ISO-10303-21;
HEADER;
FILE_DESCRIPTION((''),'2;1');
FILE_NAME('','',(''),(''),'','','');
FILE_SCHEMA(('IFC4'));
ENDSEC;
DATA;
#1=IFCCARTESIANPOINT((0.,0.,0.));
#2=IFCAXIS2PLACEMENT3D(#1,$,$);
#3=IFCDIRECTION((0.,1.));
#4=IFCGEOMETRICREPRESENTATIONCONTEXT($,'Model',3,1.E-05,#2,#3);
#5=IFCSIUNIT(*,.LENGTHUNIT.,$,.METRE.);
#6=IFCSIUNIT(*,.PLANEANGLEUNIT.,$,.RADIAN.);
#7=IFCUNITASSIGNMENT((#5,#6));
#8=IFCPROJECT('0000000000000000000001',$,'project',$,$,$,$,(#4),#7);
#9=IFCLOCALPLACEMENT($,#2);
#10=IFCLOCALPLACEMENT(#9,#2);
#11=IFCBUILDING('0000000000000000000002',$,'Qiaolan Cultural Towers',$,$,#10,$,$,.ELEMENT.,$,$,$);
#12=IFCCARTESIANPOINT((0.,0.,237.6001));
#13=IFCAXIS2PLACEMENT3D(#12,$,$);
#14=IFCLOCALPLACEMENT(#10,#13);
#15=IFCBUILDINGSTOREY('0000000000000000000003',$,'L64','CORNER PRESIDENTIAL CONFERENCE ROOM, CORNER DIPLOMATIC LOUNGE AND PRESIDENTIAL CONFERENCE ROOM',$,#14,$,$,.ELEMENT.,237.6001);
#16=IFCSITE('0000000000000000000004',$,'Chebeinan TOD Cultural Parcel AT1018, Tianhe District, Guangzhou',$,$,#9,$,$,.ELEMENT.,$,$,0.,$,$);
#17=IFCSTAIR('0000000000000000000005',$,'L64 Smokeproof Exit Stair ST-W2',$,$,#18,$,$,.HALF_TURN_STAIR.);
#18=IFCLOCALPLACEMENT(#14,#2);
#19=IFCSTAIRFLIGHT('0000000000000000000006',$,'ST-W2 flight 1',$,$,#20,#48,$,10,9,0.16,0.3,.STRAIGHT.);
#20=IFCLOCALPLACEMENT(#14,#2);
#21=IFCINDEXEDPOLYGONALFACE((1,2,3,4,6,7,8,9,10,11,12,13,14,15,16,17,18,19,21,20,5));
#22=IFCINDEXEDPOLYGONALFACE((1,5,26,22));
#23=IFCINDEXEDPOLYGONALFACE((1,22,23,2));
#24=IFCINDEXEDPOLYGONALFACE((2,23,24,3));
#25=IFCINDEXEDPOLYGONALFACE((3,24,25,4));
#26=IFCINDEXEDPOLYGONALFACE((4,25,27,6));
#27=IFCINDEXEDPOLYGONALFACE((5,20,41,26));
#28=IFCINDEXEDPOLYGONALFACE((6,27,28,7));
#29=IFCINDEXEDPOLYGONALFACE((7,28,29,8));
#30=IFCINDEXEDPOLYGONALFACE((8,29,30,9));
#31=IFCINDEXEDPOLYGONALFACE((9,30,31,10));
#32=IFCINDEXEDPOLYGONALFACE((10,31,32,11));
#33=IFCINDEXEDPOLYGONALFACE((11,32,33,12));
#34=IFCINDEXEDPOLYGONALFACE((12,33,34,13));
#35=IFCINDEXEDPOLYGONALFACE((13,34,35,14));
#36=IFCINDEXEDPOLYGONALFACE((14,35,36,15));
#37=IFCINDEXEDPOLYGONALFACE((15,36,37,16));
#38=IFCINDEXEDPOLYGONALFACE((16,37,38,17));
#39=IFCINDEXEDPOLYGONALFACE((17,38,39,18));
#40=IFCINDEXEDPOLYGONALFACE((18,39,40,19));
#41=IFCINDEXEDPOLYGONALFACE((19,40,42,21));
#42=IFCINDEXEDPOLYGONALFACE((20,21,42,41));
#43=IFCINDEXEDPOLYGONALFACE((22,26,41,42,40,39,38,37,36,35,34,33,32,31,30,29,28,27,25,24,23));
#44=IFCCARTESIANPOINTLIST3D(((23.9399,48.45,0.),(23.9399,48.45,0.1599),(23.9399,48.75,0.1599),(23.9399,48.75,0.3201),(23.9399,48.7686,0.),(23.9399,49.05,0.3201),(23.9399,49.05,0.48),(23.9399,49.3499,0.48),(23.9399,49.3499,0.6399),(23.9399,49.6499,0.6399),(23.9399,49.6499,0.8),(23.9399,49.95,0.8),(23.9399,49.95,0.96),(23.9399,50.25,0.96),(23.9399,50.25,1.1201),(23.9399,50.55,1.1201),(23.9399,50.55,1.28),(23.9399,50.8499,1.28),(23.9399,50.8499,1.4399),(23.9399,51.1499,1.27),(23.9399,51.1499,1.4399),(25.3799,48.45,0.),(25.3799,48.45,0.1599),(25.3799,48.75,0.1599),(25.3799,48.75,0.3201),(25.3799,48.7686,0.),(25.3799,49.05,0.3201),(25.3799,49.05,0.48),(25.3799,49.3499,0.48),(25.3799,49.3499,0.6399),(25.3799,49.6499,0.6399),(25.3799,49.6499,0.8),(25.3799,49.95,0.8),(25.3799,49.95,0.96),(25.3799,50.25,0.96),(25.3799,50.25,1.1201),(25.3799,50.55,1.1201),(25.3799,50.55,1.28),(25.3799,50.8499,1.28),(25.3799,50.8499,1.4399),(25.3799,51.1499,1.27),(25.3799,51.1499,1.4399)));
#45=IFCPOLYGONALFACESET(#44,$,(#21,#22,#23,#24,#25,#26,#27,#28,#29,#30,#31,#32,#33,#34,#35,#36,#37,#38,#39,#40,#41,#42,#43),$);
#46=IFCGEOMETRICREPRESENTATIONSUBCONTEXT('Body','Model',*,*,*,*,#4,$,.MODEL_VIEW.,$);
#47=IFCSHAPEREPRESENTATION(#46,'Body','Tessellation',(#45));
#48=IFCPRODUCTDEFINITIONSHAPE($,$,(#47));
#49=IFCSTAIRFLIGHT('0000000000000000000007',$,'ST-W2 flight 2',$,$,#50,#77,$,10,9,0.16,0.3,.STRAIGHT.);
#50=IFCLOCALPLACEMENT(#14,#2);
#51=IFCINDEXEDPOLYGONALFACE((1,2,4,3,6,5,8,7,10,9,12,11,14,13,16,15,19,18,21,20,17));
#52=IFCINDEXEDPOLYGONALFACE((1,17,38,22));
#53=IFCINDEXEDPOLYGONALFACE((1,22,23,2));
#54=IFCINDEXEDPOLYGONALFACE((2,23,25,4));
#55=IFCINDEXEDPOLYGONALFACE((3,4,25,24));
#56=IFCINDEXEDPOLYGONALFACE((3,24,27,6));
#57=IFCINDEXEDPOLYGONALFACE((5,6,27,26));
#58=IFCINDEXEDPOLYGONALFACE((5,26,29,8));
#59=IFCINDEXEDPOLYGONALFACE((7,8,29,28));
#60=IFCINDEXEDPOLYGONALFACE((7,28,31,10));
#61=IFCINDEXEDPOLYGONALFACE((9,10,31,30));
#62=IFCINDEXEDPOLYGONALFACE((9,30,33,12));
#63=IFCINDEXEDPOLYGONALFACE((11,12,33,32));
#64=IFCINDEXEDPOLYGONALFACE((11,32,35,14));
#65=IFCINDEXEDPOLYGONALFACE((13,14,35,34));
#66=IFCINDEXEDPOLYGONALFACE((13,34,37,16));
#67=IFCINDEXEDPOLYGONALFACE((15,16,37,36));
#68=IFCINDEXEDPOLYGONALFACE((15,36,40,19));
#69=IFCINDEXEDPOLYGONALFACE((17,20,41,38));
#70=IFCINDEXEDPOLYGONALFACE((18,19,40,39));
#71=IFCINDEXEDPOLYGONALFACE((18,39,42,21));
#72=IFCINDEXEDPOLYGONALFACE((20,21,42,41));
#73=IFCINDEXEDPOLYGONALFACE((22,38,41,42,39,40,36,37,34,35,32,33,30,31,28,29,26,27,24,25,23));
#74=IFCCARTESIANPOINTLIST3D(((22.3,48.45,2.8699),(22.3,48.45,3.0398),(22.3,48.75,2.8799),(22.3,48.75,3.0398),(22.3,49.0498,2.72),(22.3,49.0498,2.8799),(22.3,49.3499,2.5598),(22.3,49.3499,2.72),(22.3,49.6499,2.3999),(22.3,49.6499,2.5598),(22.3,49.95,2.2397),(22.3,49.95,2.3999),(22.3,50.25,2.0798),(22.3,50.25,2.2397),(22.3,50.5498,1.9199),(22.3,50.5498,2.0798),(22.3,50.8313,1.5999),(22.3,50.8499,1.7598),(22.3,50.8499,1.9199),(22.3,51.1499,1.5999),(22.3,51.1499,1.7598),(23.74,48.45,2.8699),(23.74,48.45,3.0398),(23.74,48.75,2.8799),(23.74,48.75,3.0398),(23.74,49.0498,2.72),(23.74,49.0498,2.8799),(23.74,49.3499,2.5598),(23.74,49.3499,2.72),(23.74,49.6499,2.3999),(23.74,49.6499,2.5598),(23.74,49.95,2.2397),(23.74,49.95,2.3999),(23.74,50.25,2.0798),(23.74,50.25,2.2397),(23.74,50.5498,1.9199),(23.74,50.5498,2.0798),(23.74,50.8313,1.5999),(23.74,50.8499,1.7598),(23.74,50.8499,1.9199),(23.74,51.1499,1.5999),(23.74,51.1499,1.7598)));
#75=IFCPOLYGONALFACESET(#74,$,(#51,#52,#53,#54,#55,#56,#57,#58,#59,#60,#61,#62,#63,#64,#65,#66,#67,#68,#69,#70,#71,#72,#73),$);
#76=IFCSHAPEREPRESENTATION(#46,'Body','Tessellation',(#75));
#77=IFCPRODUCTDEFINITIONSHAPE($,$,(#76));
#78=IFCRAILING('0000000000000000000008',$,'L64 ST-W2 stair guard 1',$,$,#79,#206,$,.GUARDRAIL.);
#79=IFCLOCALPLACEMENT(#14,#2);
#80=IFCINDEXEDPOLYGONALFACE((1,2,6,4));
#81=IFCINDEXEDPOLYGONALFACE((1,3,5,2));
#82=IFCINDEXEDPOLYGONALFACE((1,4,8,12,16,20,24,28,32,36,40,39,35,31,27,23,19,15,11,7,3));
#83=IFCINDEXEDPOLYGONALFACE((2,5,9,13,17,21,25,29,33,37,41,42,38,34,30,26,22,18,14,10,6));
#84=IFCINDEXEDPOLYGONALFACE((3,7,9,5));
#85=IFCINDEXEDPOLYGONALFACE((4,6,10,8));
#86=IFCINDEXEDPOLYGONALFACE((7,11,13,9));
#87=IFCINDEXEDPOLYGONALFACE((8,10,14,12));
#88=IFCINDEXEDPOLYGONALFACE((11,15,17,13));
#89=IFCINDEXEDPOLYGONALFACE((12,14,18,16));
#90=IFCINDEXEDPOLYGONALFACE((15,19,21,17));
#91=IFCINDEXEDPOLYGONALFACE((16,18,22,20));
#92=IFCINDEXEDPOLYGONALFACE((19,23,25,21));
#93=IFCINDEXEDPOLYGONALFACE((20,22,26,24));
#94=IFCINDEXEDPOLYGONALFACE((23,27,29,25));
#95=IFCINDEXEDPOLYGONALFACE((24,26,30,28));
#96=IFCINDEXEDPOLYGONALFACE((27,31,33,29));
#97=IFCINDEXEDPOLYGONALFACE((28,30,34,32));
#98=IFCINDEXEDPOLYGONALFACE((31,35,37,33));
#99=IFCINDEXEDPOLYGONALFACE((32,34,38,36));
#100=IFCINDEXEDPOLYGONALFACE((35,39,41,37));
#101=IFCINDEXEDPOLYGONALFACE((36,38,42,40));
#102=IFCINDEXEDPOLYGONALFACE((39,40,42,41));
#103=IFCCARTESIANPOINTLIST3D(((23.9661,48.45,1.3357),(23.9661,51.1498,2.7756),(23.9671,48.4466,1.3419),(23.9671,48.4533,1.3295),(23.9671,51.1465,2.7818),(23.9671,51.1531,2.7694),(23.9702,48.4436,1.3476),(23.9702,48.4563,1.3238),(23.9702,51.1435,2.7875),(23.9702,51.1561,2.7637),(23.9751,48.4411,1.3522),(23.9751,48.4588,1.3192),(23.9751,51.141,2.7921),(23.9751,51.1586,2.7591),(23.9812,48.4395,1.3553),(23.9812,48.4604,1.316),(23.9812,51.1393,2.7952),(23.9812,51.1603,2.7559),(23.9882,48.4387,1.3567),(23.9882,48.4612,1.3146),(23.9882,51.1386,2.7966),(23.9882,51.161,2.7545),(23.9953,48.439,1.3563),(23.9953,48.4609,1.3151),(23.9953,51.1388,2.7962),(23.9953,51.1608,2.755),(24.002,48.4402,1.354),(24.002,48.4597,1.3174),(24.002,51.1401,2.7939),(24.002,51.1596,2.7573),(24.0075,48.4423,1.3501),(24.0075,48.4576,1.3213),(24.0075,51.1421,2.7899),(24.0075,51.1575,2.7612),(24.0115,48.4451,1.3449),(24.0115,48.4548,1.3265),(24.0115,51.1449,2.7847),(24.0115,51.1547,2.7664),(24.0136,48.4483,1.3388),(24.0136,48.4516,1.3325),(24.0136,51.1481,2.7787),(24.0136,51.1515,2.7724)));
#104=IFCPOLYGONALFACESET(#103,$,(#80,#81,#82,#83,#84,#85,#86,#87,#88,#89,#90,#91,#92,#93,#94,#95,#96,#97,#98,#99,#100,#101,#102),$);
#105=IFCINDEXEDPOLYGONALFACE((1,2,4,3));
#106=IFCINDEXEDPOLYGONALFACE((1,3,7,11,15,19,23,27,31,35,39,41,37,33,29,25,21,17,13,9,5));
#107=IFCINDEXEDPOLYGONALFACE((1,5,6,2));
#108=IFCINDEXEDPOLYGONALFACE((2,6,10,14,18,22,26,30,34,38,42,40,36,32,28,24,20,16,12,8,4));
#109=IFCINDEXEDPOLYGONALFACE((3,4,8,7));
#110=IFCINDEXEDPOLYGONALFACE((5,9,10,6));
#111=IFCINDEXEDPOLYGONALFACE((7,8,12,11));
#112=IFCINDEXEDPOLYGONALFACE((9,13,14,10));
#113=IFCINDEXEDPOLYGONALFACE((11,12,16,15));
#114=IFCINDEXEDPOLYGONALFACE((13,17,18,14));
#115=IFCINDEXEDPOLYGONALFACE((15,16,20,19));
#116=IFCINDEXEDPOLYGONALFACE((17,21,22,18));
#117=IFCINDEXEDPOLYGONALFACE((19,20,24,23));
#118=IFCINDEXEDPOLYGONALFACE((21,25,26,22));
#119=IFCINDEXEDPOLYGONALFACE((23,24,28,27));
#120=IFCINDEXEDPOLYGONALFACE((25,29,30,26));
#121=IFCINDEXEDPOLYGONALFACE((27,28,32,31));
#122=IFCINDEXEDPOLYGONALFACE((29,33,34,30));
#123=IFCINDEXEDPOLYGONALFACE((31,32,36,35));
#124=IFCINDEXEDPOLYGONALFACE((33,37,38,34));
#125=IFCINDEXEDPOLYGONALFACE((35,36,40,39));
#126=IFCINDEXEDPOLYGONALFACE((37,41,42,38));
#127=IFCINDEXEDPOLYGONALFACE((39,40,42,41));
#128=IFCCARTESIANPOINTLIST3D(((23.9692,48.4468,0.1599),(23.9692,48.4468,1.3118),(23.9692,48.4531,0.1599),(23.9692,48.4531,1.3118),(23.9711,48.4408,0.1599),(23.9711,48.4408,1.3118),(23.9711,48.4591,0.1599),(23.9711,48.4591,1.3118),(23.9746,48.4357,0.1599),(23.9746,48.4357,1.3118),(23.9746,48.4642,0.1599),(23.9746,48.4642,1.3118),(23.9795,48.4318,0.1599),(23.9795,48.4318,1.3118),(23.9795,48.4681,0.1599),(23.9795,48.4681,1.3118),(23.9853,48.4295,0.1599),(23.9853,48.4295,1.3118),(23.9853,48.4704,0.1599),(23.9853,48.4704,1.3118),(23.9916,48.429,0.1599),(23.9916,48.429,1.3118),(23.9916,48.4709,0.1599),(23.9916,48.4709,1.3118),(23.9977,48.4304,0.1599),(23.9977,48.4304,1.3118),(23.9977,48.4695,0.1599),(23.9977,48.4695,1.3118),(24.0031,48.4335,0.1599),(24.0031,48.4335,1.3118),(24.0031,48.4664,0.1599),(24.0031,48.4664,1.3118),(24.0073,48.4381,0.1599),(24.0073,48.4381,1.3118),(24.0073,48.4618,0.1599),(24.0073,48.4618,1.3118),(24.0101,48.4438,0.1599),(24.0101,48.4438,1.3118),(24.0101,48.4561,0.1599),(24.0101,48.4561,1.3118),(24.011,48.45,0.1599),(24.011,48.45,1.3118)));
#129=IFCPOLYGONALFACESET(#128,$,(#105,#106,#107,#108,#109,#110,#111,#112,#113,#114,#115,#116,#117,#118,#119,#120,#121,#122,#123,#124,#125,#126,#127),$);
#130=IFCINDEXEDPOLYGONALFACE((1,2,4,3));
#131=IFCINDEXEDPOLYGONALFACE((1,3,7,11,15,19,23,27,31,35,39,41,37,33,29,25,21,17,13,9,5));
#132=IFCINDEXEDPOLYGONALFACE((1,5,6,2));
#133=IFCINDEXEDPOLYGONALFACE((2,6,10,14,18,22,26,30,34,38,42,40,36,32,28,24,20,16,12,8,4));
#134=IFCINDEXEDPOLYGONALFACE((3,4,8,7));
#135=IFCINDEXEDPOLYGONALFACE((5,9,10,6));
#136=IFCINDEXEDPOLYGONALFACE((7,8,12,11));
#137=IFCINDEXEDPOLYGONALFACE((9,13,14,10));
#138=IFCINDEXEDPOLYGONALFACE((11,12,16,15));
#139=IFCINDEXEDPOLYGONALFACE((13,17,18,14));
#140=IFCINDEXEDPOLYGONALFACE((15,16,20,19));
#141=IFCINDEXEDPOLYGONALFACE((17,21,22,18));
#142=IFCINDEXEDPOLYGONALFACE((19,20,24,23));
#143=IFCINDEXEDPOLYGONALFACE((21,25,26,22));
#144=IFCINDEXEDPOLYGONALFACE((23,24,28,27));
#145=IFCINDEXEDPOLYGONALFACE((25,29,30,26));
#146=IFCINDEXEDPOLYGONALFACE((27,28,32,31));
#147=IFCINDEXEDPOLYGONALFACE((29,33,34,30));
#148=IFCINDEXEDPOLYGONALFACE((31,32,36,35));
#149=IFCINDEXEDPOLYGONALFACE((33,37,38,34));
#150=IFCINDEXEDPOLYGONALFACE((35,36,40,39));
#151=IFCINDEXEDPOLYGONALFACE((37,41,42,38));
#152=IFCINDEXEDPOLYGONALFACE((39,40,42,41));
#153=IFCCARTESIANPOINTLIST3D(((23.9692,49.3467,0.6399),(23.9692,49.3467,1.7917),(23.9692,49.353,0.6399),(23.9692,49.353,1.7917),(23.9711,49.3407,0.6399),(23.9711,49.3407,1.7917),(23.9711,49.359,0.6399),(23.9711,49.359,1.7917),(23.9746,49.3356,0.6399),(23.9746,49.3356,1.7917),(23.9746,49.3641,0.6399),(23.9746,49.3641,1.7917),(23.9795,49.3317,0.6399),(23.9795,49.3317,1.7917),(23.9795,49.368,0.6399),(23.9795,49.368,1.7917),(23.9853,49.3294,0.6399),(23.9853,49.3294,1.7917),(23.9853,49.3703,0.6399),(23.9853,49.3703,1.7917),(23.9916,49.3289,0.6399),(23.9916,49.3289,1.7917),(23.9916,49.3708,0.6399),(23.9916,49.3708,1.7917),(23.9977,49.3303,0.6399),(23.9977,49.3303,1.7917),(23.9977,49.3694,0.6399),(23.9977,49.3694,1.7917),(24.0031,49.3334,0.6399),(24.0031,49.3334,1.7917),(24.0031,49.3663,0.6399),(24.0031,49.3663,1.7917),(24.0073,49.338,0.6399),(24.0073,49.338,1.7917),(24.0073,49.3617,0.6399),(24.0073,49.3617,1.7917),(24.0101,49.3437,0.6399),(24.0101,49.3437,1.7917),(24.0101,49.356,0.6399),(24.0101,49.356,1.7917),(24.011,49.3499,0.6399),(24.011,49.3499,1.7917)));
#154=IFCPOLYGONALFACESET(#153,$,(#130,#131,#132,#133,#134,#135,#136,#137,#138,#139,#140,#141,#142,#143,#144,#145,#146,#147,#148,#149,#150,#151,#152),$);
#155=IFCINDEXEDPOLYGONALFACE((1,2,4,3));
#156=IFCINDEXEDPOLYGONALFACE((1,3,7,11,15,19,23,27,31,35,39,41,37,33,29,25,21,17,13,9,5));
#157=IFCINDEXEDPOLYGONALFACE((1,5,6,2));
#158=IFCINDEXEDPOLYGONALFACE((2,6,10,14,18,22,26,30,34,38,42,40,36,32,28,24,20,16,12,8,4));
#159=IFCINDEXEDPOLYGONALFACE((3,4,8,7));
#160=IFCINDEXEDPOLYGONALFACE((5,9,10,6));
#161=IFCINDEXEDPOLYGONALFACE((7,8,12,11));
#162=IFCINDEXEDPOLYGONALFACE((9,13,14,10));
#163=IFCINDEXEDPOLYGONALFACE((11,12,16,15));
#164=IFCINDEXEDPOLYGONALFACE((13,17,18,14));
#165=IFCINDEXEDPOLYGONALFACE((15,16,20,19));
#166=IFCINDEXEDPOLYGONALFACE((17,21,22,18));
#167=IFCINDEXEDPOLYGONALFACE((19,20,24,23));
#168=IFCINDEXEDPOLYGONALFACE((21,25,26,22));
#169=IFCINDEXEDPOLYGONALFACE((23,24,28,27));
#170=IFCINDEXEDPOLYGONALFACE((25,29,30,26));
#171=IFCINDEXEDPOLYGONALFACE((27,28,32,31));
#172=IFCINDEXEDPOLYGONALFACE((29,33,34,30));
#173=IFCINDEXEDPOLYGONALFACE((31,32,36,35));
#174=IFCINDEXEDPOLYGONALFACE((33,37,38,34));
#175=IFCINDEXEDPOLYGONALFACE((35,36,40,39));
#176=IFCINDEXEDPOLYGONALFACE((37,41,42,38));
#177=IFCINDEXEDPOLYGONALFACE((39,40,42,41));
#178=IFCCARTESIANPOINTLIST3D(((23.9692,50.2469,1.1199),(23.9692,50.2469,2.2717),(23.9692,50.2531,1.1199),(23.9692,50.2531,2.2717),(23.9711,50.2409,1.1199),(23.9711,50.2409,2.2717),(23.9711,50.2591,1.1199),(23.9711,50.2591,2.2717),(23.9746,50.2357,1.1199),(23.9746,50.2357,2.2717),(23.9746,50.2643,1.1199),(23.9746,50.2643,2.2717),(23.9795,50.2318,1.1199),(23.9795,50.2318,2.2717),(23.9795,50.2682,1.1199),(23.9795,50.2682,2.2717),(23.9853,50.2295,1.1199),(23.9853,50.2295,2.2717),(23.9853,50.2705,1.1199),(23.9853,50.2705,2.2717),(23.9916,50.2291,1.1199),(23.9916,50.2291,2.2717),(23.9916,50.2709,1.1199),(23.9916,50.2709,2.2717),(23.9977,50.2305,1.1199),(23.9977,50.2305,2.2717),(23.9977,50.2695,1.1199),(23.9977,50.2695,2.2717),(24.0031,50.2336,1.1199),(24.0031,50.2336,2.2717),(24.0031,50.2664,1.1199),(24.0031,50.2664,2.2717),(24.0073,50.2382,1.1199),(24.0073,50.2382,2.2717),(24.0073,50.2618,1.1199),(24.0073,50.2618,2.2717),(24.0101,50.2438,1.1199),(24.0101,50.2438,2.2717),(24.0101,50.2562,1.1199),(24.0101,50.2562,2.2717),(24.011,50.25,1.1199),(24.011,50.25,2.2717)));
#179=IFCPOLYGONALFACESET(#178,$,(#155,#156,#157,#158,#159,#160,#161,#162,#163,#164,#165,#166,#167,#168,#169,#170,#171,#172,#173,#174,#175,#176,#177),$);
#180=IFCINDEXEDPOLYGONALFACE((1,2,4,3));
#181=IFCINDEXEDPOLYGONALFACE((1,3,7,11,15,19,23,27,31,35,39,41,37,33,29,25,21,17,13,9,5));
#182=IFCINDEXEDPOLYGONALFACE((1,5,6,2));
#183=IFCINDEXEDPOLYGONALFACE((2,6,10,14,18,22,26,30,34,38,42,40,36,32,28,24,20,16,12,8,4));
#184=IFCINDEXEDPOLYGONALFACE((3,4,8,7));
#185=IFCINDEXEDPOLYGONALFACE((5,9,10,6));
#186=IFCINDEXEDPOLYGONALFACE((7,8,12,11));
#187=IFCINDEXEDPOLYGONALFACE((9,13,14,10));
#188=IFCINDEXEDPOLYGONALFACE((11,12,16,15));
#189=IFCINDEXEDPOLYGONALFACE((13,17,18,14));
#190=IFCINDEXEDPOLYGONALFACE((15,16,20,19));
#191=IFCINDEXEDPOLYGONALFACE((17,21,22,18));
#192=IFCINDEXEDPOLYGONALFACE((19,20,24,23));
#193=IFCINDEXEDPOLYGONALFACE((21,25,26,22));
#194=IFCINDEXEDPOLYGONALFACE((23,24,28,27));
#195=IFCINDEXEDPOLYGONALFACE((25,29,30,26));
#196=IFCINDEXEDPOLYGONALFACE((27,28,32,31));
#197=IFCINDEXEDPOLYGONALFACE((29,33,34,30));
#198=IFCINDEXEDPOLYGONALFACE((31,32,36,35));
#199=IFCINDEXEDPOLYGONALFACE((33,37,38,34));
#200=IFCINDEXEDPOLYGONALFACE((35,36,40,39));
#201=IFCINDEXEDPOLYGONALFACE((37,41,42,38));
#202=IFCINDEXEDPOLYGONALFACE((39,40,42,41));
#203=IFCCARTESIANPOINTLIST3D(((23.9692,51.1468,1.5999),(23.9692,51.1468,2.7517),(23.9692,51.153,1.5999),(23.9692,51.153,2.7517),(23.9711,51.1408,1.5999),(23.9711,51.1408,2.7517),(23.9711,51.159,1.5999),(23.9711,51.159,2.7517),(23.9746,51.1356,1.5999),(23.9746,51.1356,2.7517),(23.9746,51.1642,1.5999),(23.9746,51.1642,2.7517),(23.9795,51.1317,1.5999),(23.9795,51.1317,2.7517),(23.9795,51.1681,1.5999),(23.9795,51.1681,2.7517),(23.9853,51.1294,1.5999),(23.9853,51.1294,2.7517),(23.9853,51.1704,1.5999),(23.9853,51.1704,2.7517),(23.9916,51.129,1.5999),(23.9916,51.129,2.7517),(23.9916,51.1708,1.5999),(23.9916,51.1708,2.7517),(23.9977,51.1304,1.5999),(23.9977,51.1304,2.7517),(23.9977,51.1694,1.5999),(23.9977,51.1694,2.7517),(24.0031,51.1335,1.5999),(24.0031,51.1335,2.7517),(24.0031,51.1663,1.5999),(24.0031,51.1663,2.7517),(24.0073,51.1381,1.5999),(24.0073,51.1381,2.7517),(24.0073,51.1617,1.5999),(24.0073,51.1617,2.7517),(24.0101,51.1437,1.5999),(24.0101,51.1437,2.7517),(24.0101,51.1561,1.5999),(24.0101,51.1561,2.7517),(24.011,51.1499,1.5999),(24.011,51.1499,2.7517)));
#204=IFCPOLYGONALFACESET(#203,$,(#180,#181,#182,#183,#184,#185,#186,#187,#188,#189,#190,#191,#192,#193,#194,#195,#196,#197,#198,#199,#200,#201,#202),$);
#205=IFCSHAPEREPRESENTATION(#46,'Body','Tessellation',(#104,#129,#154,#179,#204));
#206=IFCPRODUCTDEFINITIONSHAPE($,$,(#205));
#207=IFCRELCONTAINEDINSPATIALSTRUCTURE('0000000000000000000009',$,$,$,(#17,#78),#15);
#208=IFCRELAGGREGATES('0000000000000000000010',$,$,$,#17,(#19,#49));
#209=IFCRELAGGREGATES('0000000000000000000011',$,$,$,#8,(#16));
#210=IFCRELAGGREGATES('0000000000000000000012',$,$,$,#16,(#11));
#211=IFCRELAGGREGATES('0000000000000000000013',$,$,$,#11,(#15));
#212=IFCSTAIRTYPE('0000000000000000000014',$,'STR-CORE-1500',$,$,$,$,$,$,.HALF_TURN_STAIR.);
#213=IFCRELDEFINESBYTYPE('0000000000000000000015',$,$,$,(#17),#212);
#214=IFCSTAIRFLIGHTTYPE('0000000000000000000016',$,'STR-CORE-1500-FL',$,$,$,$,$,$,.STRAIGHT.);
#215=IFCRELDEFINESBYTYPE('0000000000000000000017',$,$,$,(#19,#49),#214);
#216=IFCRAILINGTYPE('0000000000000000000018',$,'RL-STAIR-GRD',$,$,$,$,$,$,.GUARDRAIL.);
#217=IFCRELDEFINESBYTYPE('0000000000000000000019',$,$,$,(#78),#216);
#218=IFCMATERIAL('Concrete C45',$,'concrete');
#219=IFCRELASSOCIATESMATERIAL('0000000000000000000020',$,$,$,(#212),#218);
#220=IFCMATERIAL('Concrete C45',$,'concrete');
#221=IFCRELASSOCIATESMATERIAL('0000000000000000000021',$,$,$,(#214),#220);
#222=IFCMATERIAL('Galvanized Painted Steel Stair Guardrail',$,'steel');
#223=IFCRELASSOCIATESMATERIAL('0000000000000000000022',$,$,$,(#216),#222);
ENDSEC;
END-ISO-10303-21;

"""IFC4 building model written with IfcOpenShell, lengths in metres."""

from ifc_helpers import new_model, si_unit, direction, frame, origin, origin_2d, place, context, subcontext, project, spatial, polyline, circle, outline, extrude, material, type_object, element, aggregate, save


model = new_model("IFC4")

# Units and contexts
model_context = context("Model", 3, precision=1e-05, world=origin(), true_north=direction((0.0, 1.0)))
body_context = subcontext(model_context, "Body", "Model", "MODEL_VIEW")
ifc_project = project(units=[si_unit("LENGTHUNIT", "METRE"), si_unit("PLANEANGLEUNIT", "RADIAN")], contexts=[model_context])

# Site, building, storey
site_placement = place(None, origin())
site = spatial("IfcSite", under=ifc_project, at=site_placement, Name="Chebeinan TOD Cultural Parcel AT1018, Tianhe District, Guangzhou", CompositionType="ELEMENT", RefElevation=0.0)
building_placement = place(site_placement, origin())
building = spatial("IfcBuilding", under=site, at=building_placement, Name="Qiaolan Cultural Towers", CompositionType="ELEMENT")
storey_placement = place(building_placement, frame((0.0, 0.0, 237.6001)))
storey = spatial("IfcBuildingStorey", under=building, at=storey_placement, Name="L64", Description="CORNER PRESIDENTIAL CONFERENCE ROOM, CORNER DIPLOMATIC LOUNGE AND PRESIDENTIAL CONFERENCE ROOM", CompositionType="ELEMENT", Elevation=237.6001)

# Stair, stair flights
ifc_material_1 = material(Name="Concrete C45", Category="concrete")
stair_type = type_object("IfcStairType", Name="STR-CORE-1500", PredefinedType="HALF_TURN_STAIR", material=ifc_material_1)
stair_placement = place(storey_placement, origin())
stair = element("IfcStair", 1, at=stair_placement, inside=storey, type_object=stair_type, Name="L64 Smokeproof Exit Stair ST-W2", PredefinedType="HALF_TURN_STAIR")
ifc_material_2 = material(Name="Concrete C45", Category="concrete")
stair_flight_type = type_object("IfcStairFlightType", Name="STR-CORE-1500-FL", PredefinedType="STRAIGHT", material=ifc_material_2)
stair_flight_1_placement = place(storey_placement, frame((24.6599, 48.45, 0.0), z_axis=(0.0, 0.0, 1.0), x_axis=(0.0, 1.0, 0.0)))
stair_flight_1 = element("IfcStairFlight", 2, at=stair_flight_1_placement, type_object=stair_flight_type, Name="ST-W2 flight 1", NumberOfRisers=10, NumberOfTreads=9, PredefinedType="STRAIGHT", RiserHeight=0.16, TreadLength=0.3, context=body_context, shape_type="SweptSolid", body=[
    extrude(outline(polyline([(0.0, 0.0), (0.0, 0.1599), (0.3, 0.1599), (0.3, 0.3201), (0.6001, 0.3201), (0.6001, 0.48), (0.8999, 0.48), (0.8999, 0.6399), (1.2, 0.6399), (1.2, 0.8), (1.5, 0.8), (1.5, 0.96), (1.8, 0.96), (1.8, 1.1201), (2.1001, 1.1201), (2.1001, 1.28), (2.3999, 1.28), (2.3999, 1.4399), (2.7, 1.4399), (2.7, 1.6001), (2.7, 1.27), (0.3186, 0.0), (0.0, 0.0)])), frame((0.0, 0.72, 0.0), z_axis=(0.0, -1.0, 0.0), x_axis=(1.0, 0.0, 0.0)), (0.0, 0.0, 1.0), 1.4399),
])
stair_flight_2_placement = place(storey_placement, frame((23.02, 51.1499, 1.5999), z_axis=(0.0, 0.0, 1.0), x_axis=(0.0, -1.0, 0.0)))
stair_flight_2 = element("IfcStairFlight", 3, at=stair_flight_2_placement, type_object=stair_flight_type, Name="ST-W2 flight 2", NumberOfRisers=10, NumberOfTreads=9, PredefinedType="STRAIGHT", RiserHeight=0.16, TreadLength=0.3, context=body_context, shape_type="SweptSolid", body=[
    extrude(outline(polyline([(0.0, 0.0), (0.0, 0.1599), (0.3, 0.1599), (0.3, 0.3201), (0.6001, 0.3201), (0.6001, 0.48), (0.8999, 0.48), (0.8999, 0.6399), (1.2, 0.6399), (1.2, 0.8), (1.5, 0.8), (1.5, 0.96), (1.8, 0.96), (1.8, 1.1201), (2.1001, 1.1201), (2.1001, 1.28), (2.3999, 1.28), (2.3999, 1.4399), (2.7, 1.4399), (2.7, 1.6001), (2.7, 1.27), (0.3186, 0.0), (0.0, 0.0)])), frame((0.0, 0.72, 0.0), z_axis=(0.0, -1.0, 0.0), x_axis=(1.0, 0.0, 0.0)), (0.0, 0.0, 1.0), 1.4399),
])
aggregate(stair, [stair_flight_1, stair_flight_2])

# Railing
ifc_material_3 = material(Name="Galvanized Painted Steel Stair Guardrail", Category="steel")
railing_type_1 = type_object("IfcRailingType", Name="RL-STAIR-GRD", PredefinedType="GUARDRAIL", material=ifc_material_3)
railing_1_placement = place(storey_placement, frame((23.99, 48.45, 0.1599)))
element("IfcRailing", 4, at=railing_1_placement, inside=storey, type_object=railing_type_1, Name="L64 ST-W2 stair guard 1", PredefinedType="GUARDRAIL", context=body_context, shape_type="SweptSolid", body=[
    extrude(circle(Radius=0.0239, at=origin_2d()), frame((0.0, 0.0, 1.1758), z_axis=(0.0, 0.882357, 0.47058), x_axis=(-1.0, 0.0, 0.0)), (0.0, 0.0, 1.0), 3.0598),
    extrude(circle(Radius=0.021, at=origin_2d()), origin(), (0.0, 0.0, 1.0), 1.1519),
    extrude(circle(Radius=0.021, at=origin_2d()), frame((0.0, 0.8999, 0.48)), (0.0, 0.0, 1.0), 1.1519),
    extrude(circle(Radius=0.021, at=origin_2d()), frame((0.0, 1.8, 0.96)), (0.0, 0.0, 1.0), 1.1519),
    extrude(circle(Radius=0.021, at=origin_2d()), frame((0.0, 2.7, 1.4399)), (0.0, 0.0, 1.0), 1.1519),
])

save(model, "model.ifc")
